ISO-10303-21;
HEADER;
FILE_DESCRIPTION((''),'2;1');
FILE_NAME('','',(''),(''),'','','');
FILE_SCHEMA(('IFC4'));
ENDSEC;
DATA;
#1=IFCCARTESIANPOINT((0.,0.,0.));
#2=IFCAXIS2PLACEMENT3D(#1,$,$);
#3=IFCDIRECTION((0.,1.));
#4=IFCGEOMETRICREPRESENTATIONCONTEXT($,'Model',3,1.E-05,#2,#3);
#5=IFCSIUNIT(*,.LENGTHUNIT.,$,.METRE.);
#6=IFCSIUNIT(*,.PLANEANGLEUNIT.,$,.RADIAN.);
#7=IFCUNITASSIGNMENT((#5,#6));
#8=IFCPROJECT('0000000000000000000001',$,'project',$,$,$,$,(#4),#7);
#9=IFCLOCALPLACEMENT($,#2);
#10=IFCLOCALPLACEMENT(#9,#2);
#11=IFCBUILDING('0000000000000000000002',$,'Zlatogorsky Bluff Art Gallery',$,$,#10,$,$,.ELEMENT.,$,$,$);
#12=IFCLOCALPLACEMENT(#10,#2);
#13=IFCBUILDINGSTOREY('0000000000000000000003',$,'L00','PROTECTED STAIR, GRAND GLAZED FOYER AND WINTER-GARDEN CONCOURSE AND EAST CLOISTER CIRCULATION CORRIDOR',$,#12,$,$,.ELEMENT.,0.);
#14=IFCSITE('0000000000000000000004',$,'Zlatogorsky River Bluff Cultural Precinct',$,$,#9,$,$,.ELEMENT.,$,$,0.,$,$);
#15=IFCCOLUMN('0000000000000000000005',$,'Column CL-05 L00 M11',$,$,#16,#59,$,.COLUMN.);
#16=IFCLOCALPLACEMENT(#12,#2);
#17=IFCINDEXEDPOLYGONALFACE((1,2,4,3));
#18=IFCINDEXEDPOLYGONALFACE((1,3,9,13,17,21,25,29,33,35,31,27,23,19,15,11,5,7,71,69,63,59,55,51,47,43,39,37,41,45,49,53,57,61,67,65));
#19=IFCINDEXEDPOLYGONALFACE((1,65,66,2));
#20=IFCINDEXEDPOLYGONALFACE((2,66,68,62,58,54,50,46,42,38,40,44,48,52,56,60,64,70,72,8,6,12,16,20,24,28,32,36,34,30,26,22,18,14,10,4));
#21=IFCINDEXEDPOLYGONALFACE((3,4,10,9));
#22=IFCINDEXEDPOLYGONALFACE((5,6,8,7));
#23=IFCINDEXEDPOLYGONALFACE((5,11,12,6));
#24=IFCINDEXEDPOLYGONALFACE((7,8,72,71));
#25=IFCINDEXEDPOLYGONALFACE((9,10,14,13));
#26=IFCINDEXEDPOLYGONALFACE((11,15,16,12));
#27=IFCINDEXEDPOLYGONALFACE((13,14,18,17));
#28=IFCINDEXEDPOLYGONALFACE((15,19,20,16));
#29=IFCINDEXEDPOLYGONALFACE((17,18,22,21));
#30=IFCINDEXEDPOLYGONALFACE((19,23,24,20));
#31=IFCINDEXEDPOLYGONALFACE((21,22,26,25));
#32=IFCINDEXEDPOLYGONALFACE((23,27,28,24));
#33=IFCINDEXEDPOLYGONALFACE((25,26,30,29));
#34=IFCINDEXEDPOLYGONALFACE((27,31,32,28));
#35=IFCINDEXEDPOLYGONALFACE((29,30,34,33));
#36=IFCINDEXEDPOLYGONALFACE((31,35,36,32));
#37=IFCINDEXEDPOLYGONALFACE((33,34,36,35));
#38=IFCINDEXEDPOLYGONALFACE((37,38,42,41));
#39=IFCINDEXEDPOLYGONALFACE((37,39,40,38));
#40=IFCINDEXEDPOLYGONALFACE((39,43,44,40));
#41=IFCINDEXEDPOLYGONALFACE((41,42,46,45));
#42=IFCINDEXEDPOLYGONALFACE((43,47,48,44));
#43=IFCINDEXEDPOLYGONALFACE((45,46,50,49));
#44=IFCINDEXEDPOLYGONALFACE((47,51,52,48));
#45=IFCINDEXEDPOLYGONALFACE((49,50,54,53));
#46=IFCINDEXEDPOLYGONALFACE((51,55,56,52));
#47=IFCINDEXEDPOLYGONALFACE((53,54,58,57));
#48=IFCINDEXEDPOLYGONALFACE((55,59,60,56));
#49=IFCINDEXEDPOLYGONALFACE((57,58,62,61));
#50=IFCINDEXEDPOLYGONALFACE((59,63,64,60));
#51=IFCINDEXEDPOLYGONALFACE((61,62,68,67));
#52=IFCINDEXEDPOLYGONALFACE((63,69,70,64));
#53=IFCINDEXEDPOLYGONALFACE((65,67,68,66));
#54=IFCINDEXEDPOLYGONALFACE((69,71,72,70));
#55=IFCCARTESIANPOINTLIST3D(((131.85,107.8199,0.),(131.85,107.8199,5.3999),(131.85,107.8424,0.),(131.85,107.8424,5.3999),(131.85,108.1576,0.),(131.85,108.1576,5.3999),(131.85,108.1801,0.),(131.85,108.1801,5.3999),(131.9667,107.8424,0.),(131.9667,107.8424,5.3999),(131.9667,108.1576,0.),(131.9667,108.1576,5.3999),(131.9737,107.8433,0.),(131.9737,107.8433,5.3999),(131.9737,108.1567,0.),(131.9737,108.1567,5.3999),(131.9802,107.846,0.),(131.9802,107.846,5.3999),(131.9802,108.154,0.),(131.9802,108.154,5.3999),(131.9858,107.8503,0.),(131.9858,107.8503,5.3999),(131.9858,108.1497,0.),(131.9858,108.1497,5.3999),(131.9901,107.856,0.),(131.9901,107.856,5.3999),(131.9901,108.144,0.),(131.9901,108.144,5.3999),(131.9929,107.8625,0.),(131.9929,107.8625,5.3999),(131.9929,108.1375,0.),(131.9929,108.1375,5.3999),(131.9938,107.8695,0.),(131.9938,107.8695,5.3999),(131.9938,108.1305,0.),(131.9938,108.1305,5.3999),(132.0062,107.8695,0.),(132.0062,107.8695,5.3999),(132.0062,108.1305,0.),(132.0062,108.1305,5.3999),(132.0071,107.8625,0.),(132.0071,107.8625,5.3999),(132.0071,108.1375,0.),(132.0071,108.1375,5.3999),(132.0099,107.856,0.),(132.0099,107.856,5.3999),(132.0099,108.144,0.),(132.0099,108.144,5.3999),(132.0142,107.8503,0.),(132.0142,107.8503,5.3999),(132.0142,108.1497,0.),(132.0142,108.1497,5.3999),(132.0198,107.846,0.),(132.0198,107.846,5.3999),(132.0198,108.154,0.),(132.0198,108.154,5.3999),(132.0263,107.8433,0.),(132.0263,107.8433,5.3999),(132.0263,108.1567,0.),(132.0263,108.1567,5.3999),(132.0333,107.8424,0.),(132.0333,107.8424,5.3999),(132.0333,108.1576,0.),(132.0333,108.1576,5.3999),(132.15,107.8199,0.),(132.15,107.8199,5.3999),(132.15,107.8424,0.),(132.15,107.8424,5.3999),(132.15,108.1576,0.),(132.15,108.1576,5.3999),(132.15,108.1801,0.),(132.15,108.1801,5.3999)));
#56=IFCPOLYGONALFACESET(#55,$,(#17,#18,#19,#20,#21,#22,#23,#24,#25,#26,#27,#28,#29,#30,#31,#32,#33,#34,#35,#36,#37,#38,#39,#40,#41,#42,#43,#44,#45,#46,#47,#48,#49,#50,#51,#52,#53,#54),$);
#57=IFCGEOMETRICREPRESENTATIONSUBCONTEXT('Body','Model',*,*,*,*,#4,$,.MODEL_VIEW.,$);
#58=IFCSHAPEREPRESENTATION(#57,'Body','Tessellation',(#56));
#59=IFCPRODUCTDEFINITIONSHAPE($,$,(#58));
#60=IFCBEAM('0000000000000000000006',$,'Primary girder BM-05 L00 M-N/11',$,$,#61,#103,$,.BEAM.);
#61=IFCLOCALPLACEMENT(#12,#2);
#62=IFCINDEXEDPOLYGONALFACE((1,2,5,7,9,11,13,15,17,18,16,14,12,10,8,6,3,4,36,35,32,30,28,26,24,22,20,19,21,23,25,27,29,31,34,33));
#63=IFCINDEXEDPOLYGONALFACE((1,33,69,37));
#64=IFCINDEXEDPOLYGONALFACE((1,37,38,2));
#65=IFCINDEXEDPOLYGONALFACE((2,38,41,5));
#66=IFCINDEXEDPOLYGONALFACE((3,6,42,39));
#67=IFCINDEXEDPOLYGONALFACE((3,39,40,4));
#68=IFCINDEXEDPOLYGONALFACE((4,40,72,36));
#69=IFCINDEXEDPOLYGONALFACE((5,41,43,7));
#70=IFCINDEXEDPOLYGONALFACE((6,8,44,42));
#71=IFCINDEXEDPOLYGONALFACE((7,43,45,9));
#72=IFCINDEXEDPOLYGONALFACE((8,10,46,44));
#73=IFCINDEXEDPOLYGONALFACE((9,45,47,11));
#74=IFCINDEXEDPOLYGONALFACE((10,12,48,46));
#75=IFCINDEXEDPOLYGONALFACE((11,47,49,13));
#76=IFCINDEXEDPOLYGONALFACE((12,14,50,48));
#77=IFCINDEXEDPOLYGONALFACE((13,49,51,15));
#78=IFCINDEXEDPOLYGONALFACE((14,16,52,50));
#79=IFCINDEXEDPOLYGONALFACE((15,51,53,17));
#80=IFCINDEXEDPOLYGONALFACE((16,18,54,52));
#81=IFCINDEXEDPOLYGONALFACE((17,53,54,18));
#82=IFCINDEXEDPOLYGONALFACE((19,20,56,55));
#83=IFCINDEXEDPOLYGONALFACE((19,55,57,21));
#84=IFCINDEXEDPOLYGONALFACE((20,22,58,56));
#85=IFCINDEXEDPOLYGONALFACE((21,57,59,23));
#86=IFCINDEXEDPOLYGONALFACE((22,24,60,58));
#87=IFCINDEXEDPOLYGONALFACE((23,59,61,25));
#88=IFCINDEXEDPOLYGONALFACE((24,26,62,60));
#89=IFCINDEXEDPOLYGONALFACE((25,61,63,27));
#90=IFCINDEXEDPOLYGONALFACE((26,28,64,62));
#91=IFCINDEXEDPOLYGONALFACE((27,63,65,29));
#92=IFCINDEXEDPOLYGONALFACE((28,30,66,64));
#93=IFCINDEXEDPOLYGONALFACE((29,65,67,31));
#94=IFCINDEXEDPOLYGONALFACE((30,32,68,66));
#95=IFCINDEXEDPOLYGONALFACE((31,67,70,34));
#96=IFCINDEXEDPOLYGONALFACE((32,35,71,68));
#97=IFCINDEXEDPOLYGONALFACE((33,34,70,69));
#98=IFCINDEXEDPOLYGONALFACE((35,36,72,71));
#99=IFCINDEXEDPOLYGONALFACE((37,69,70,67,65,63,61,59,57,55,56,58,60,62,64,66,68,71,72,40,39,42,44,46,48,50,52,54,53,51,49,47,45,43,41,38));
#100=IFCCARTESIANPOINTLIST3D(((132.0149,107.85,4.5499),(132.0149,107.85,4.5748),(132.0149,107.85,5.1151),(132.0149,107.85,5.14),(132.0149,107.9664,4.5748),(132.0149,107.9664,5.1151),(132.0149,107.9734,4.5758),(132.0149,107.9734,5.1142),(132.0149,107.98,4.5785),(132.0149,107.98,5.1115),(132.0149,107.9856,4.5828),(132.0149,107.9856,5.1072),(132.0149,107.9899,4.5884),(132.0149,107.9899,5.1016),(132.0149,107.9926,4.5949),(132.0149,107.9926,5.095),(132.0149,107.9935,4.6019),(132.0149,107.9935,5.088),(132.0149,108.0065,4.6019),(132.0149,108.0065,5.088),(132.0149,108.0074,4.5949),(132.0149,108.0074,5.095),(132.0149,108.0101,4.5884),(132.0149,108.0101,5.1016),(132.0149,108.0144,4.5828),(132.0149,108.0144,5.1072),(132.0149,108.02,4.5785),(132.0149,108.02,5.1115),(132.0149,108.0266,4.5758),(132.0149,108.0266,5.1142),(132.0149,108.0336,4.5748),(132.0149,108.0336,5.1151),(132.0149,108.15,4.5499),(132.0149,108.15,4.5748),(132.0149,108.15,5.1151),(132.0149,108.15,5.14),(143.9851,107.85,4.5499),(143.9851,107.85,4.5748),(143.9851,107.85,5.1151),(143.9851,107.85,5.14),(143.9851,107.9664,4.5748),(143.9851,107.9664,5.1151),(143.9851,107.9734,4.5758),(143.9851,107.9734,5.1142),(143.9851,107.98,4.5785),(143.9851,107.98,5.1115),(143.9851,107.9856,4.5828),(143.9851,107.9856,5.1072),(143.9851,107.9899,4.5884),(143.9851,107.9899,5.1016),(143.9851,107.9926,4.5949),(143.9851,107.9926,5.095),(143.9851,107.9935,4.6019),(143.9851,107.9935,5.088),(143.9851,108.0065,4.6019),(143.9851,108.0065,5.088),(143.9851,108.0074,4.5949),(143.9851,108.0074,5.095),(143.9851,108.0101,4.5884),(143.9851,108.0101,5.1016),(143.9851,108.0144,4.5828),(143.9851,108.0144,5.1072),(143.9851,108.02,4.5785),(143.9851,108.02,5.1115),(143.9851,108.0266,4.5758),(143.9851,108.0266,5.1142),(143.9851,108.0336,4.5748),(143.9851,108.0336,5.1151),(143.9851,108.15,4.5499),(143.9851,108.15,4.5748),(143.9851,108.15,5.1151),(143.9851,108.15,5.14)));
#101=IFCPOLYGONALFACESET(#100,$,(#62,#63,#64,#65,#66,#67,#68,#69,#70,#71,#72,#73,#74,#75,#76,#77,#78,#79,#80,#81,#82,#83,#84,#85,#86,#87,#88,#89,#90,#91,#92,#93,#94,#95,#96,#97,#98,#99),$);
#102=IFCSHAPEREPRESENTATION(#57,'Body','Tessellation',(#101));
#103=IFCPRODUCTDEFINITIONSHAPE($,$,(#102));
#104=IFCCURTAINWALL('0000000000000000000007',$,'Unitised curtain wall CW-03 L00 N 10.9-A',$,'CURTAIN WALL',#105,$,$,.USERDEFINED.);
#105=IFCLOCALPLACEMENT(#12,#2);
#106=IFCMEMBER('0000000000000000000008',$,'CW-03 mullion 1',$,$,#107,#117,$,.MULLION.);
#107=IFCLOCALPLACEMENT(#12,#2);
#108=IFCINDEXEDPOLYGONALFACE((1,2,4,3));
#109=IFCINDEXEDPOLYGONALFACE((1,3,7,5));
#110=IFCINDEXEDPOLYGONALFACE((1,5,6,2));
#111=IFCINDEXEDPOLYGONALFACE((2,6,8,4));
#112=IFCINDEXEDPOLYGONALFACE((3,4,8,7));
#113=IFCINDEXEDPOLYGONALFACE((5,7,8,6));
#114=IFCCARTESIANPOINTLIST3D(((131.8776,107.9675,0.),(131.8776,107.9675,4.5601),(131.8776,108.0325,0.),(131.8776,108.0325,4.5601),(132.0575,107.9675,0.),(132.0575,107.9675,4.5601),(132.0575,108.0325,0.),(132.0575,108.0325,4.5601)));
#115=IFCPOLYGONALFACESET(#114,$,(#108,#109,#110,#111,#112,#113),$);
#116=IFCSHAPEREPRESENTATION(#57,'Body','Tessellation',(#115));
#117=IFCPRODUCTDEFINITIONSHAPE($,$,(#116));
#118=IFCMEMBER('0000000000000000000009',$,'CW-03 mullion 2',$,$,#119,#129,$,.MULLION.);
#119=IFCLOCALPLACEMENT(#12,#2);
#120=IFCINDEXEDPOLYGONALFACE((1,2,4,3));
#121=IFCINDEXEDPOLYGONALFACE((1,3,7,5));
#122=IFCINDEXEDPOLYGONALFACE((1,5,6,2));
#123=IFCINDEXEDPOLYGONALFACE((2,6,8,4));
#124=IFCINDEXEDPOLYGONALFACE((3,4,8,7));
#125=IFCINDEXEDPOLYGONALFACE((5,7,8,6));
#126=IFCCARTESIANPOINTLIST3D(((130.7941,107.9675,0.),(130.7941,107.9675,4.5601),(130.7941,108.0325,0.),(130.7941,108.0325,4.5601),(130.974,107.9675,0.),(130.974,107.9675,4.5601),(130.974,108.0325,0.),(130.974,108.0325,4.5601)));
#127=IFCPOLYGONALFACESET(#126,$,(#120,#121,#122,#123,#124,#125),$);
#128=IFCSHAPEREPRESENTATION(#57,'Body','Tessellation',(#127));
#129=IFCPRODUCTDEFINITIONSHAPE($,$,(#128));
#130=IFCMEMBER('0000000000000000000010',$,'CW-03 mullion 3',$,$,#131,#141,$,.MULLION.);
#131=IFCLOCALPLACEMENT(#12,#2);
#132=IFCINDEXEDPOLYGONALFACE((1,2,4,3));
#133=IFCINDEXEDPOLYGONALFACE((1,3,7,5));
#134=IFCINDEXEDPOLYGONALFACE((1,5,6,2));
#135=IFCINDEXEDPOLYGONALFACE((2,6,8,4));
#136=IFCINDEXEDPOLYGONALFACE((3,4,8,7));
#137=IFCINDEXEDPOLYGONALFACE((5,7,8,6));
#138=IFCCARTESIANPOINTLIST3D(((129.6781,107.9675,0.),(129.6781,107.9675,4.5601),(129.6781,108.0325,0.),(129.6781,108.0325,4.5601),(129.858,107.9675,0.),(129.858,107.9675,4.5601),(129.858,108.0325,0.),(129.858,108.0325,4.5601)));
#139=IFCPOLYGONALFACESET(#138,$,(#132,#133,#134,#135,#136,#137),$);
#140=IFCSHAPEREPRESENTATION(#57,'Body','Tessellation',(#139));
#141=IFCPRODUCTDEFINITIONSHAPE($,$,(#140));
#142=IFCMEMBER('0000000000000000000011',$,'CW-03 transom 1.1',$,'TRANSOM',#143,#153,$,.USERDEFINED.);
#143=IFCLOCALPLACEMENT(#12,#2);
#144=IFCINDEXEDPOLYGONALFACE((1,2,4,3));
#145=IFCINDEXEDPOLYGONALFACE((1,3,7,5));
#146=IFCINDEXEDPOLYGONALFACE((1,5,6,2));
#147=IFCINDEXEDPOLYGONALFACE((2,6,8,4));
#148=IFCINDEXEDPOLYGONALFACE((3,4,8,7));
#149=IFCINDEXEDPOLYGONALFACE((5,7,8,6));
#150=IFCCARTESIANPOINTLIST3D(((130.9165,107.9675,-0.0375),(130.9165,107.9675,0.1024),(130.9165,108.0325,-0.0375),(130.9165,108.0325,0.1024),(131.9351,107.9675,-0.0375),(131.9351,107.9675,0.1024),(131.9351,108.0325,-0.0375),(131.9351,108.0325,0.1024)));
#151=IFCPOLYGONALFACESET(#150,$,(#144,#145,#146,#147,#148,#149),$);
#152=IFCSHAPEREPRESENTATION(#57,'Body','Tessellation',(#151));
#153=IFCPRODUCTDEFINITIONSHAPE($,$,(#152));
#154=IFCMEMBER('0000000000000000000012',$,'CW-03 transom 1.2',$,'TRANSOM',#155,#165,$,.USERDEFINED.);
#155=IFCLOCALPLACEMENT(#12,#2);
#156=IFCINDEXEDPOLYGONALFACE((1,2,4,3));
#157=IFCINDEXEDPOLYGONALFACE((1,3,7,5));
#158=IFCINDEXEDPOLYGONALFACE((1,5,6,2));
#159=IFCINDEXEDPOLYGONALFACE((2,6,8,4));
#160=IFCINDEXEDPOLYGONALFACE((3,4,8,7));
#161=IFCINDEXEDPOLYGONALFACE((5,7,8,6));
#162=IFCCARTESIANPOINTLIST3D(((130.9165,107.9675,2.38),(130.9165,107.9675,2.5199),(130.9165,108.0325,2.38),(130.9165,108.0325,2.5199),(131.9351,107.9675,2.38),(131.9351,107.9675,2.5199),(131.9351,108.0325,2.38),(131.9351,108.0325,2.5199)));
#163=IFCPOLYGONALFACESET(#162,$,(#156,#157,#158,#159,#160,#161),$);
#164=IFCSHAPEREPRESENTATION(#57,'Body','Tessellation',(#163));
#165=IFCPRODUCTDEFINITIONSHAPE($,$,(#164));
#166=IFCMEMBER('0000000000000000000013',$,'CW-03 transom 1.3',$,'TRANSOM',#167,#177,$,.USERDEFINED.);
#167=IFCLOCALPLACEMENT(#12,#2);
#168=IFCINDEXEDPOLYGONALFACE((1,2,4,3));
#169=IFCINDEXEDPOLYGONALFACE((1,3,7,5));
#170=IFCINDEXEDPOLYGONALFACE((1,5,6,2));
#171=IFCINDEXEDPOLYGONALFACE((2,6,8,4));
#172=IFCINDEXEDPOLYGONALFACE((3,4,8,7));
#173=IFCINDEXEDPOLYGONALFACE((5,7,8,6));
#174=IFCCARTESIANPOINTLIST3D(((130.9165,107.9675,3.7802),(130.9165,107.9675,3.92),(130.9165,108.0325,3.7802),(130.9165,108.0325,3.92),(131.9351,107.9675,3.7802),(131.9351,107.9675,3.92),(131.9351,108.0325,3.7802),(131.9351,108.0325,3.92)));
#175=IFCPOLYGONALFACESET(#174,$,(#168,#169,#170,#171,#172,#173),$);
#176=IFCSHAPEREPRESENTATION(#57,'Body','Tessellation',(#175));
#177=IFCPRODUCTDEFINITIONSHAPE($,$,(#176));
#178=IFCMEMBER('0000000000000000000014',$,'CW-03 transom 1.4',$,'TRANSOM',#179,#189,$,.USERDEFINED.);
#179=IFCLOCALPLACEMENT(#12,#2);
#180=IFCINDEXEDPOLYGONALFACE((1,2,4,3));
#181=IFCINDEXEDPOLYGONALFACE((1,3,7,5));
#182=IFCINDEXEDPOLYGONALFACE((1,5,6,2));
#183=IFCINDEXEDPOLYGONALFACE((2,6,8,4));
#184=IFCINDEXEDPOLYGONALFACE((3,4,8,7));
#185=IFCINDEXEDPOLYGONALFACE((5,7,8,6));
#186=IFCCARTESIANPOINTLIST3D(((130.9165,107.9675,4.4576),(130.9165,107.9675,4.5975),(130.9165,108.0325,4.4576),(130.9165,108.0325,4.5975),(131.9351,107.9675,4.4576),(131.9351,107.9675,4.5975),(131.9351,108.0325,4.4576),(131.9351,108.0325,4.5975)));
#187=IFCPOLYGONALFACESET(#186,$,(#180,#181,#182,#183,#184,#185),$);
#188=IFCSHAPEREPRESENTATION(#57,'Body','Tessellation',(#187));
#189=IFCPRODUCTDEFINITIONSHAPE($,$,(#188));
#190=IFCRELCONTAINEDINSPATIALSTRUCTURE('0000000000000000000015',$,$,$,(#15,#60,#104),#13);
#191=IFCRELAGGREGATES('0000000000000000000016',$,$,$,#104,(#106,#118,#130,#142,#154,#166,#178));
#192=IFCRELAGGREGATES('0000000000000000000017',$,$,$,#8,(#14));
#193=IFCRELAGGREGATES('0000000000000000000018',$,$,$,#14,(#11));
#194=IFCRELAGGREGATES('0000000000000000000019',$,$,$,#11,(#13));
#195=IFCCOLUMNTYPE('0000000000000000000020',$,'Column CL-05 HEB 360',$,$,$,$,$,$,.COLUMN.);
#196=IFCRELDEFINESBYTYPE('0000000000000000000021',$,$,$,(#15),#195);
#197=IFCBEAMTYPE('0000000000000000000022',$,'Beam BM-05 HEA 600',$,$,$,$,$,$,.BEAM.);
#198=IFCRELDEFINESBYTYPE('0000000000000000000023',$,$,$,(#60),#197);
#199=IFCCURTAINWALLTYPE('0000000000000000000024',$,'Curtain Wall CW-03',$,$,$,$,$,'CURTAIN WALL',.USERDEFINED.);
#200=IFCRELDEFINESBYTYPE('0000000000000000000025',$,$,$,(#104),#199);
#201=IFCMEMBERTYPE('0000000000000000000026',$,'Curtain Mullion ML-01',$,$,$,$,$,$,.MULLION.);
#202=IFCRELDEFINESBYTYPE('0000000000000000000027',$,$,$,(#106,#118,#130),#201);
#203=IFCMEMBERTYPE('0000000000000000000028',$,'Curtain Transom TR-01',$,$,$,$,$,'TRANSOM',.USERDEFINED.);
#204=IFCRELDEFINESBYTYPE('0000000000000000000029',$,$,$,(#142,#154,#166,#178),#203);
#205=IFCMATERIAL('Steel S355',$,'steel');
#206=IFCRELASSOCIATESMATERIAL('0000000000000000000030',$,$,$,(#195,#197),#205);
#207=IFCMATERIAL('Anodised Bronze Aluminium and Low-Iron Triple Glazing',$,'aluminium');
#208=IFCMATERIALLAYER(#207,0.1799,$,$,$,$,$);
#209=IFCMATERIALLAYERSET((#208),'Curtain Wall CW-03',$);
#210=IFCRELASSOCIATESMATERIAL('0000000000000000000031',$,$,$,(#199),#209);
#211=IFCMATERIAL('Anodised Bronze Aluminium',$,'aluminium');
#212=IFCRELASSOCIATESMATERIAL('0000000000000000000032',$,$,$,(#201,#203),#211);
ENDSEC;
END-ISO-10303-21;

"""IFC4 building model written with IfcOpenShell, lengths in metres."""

from ifc_helpers import new_model, si_unit, direction, frame, origin, origin_2d, place, context, subcontext, project, spatial, rectangle, i_section, extrude, material, layer, layer_set, material_profile, profile_set, type_object, element, aggregate, save


model = new_model("IFC4")

# Units and contexts
model_context = context("Model", 3, precision=1e-05, world=origin(), true_north=direction((0.0, 1.0)))
body_context = subcontext(model_context, "Body", "Model", "MODEL_VIEW")
ifc_project = project(units=[si_unit("LENGTHUNIT", "METRE"), si_unit("PLANEANGLEUNIT", "RADIAN")], contexts=[model_context])

# Site, building, storey
site_placement = place(None, origin())
site = spatial("IfcSite", under=ifc_project, at=site_placement, Name="Zlatogorsky River Bluff Cultural Precinct", CompositionType="ELEMENT", RefElevation=0.0)
building_placement = place(site_placement, origin())
building = spatial("IfcBuilding", under=site, at=building_placement, Name="Zlatogorsky Bluff Art Gallery", CompositionType="ELEMENT")
storey_placement = place(building_placement, origin())
storey = spatial("IfcBuildingStorey", under=building, at=storey_placement, Name="L00", Description="PROTECTED STAIR, GRAND GLAZED FOYER AND WINTER-GARDEN CONCOURSE AND EAST CLOISTER CIRCULATION CORRIDOR", CompositionType="ELEMENT", Elevation=0.0)

# Column
ifc_material_1 = material(Name="Steel S355", Category="steel")
ifc_material_profile_1 = material_profile(ifc_material_1, i_section(OverallWidth=0.3, OverallDepth=0.3601, WebThickness=0.0125, FlangeThickness=0.0225, FilletRadius=0.0271, at=origin_2d()), Name="HEB 360")
ifc_profile_set_1 = profile_set([ifc_material_profile_1], Name="Steel S355")
column_type = type_object("IfcColumnType", Name="Column CL-05 HEB 360", PredefinedType="COLUMN", material=ifc_profile_set_1)
column_placement = place(storey_placement, frame((132.0, 108.0, 0.0), z_axis=(0.0, 0.0, 1.0), x_axis=(1.0, 0.0, 0.0)))
element("IfcColumn", 1, at=column_placement, inside=storey, type_object=column_type, Name="Column CL-05 L00 M11", PredefinedType="COLUMN", context=body_context, shape_type="SweptSolid", body=[
    extrude(i_section(OverallWidth=0.3, OverallDepth=0.3601, WebThickness=0.0125, FlangeThickness=0.0225, FilletRadius=0.0271, at=origin_2d()), origin(), (0.0, 0.0, 1.0), 5.3999),
])

# Beam
ifc_material_profile_2 = material_profile(ifc_material_1, i_section(OverallWidth=0.3, OverallDepth=0.5901, WebThickness=0.0129, FlangeThickness=0.0249, FilletRadius=0.0271, at=origin_2d()), Name="HEA 600")
ifc_profile_set_2 = profile_set([ifc_material_profile_2], Name="Steel S355")
beam_type = type_object("IfcBeamType", Name="Beam BM-05 HEA 600", PredefinedType="BEAM", material=ifc_profile_set_2)
beam_placement = place(storey_placement, frame((132.0149, 108.0, 4.845), z_axis=(1.0, 0.0, 0.0), x_axis=(0.0, 1.0, 0.0)))
element("IfcBeam", 2, at=beam_placement, inside=storey, type_object=beam_type, Name="Primary girder BM-05 L00 M-N/11", PredefinedType="BEAM", context=body_context, shape_type="SweptSolid", body=[
    extrude(i_section(OverallWidth=0.3, OverallDepth=0.5901, WebThickness=0.0129, FlangeThickness=0.0249, FilletRadius=0.0271, at=origin_2d()), origin(), (0.0, 0.0, 1.0), 11.9702),
])

# Curtain wall, members
ifc_material_2 = material(Name="Anodised Bronze Aluminium and Low-Iron Triple Glazing", Category="aluminium")
ifc_layer_1 = layer(ifc_material_2, 0.1799)
ifc_layer_set_1 = layer_set([ifc_layer_1], Name="Curtain Wall CW-03")
curtain_wall_type = type_object("IfcCurtainWallType", Name="Curtain Wall CW-03", ElementType="CURTAIN WALL", PredefinedType="USERDEFINED", material=ifc_layer_set_1)
curtain_wall_placement = place(storey_placement, origin())
curtain_wall = element("IfcCurtainWall", 3, at=curtain_wall_placement, inside=storey, type_object=curtain_wall_type, Name="Unitised curtain wall CW-03 L00 N 10.9-A", ObjectType="CURTAIN WALL", PredefinedType="USERDEFINED")
ifc_material_3 = material(Name="Anodised Bronze Aluminium", Category="aluminium")
ifc_material_profile_3 = material_profile(ifc_material_3, rectangle(XDim=0.0649, YDim=0.1799, at=origin_2d()), Name="ALU MULLION 65x180")
ifc_profile_set_3 = profile_set([ifc_material_profile_3], Name="Anodised Bronze Aluminium")
member_type_1 = type_object("IfcMemberType", Name="Curtain Mullion ML-01", PredefinedType="MULLION", material=ifc_profile_set_3)
member_1_placement = place(storey_placement, frame((131.9675, 108.0, 0.0), z_axis=(0.0, 0.0, 1.0), x_axis=(0.0, -1.0, 0.0)))
member_1 = element("IfcMember", 4, at=member_1_placement, type_object=member_type_1, Name="CW-03 mullion 1", PredefinedType="MULLION", context=body_context, shape_type="SweptSolid", body=[
    extrude(rectangle(XDim=0.0649, YDim=0.1799, at=origin_2d()), origin(), (0.0, 0.0, 1.0), 4.5601),
])
member_2_placement = place(storey_placement, frame((130.884, 108.0, 0.0), z_axis=(0.0, 0.0, 1.0), x_axis=(0.0, -1.0, 0.0)))
member_2 = element("IfcMember", 5, at=member_2_placement, type_object=member_type_1, Name="CW-03 mullion 2", PredefinedType="MULLION", context=body_context, shape_type="SweptSolid", body=[
    extrude(rectangle(XDim=0.0649, YDim=0.1799, at=origin_2d()), origin(), (0.0, 0.0, 1.0), 4.5601),
])
member_3_placement = place(storey_placement, frame((129.7681, 108.0, 0.0), z_axis=(0.0, 0.0, 1.0), x_axis=(0.0, -1.0, 0.0)))
member_3 = element("IfcMember", 6, at=member_3_placement, type_object=member_type_1, Name="CW-03 mullion 3", PredefinedType="MULLION", context=body_context, shape_type="SweptSolid", body=[
    extrude(rectangle(XDim=0.0649, YDim=0.1799, at=origin_2d()), origin(), (0.0, 0.0, 1.0), 4.5601),
])
ifc_material_profile_4 = material_profile(ifc_material_3, rectangle(XDim=0.0649, YDim=0.1399, at=origin_2d()), Name="ALU TRANSOM 65x140")
ifc_profile_set_4 = profile_set([ifc_material_profile_4], Name="Anodised Bronze Aluminium")
member_type_2 = type_object("IfcMemberType", Name="Curtain Transom TR-01", ElementType="TRANSOM", PredefinedType="USERDEFINED", material=ifc_profile_set_4)
member_4_placement = place(storey_placement, frame((131.9351, 108.0, 0.0325), z_axis=(-1.0, 0.0, 0.0), x_axis=(0.0, -1.0, 0.0)))
member_4 = element("IfcMember", 7, at=member_4_placement, type_object=member_type_2, Name="CW-03 transom 1.1", ObjectType="TRANSOM", PredefinedType="USERDEFINED", context=body_context, shape_type="SweptSolid", body=[
    extrude(rectangle(XDim=0.0649, YDim=0.1399, at=origin_2d()), origin(), (0.0, 0.0, 1.0), 1.0186),
])
member_5_placement = place(storey_placement, frame((131.9351, 108.0, 2.45), z_axis=(-1.0, 0.0, 0.0), x_axis=(0.0, -1.0, 0.0)))
member_5 = element("IfcMember", 8, at=member_5_placement, type_object=member_type_2, Name="CW-03 transom 1.2", ObjectType="TRANSOM", PredefinedType="USERDEFINED", context=body_context, shape_type="SweptSolid", body=[
    extrude(rectangle(XDim=0.0649, YDim=0.1399, at=origin_2d()), origin(), (0.0, 0.0, 1.0), 1.0186),
])
member_6_placement = place(storey_placement, frame((131.9351, 108.0, 3.8501), z_axis=(-1.0, 0.0, 0.0), x_axis=(0.0, -1.0, 0.0)))
member_6 = element("IfcMember", 9, at=member_6_placement, type_object=member_type_2, Name="CW-03 transom 1.3", ObjectType="TRANSOM", PredefinedType="USERDEFINED", context=body_context, shape_type="SweptSolid", body=[
    extrude(rectangle(XDim=0.0649, YDim=0.1399, at=origin_2d()), origin(), (0.0, 0.0, 1.0), 1.0186),
])
member_7_placement = place(storey_placement, frame((131.9351, 108.0, 4.5276), z_axis=(-1.0, 0.0, 0.0), x_axis=(0.0, -1.0, 0.0)))
member_7 = element("IfcMember", 10, at=member_7_placement, type_object=member_type_2, Name="CW-03 transom 1.4", ObjectType="TRANSOM", PredefinedType="USERDEFINED", context=body_context, shape_type="SweptSolid", body=[
    extrude(rectangle(XDim=0.0649, YDim=0.1399, at=origin_2d()), origin(), (0.0, 0.0, 1.0), 1.0186),
])
aggregate(curtain_wall, [member_1, member_2, member_3, member_4, member_5, member_6, member_7])

save(model, "model.ifc")
